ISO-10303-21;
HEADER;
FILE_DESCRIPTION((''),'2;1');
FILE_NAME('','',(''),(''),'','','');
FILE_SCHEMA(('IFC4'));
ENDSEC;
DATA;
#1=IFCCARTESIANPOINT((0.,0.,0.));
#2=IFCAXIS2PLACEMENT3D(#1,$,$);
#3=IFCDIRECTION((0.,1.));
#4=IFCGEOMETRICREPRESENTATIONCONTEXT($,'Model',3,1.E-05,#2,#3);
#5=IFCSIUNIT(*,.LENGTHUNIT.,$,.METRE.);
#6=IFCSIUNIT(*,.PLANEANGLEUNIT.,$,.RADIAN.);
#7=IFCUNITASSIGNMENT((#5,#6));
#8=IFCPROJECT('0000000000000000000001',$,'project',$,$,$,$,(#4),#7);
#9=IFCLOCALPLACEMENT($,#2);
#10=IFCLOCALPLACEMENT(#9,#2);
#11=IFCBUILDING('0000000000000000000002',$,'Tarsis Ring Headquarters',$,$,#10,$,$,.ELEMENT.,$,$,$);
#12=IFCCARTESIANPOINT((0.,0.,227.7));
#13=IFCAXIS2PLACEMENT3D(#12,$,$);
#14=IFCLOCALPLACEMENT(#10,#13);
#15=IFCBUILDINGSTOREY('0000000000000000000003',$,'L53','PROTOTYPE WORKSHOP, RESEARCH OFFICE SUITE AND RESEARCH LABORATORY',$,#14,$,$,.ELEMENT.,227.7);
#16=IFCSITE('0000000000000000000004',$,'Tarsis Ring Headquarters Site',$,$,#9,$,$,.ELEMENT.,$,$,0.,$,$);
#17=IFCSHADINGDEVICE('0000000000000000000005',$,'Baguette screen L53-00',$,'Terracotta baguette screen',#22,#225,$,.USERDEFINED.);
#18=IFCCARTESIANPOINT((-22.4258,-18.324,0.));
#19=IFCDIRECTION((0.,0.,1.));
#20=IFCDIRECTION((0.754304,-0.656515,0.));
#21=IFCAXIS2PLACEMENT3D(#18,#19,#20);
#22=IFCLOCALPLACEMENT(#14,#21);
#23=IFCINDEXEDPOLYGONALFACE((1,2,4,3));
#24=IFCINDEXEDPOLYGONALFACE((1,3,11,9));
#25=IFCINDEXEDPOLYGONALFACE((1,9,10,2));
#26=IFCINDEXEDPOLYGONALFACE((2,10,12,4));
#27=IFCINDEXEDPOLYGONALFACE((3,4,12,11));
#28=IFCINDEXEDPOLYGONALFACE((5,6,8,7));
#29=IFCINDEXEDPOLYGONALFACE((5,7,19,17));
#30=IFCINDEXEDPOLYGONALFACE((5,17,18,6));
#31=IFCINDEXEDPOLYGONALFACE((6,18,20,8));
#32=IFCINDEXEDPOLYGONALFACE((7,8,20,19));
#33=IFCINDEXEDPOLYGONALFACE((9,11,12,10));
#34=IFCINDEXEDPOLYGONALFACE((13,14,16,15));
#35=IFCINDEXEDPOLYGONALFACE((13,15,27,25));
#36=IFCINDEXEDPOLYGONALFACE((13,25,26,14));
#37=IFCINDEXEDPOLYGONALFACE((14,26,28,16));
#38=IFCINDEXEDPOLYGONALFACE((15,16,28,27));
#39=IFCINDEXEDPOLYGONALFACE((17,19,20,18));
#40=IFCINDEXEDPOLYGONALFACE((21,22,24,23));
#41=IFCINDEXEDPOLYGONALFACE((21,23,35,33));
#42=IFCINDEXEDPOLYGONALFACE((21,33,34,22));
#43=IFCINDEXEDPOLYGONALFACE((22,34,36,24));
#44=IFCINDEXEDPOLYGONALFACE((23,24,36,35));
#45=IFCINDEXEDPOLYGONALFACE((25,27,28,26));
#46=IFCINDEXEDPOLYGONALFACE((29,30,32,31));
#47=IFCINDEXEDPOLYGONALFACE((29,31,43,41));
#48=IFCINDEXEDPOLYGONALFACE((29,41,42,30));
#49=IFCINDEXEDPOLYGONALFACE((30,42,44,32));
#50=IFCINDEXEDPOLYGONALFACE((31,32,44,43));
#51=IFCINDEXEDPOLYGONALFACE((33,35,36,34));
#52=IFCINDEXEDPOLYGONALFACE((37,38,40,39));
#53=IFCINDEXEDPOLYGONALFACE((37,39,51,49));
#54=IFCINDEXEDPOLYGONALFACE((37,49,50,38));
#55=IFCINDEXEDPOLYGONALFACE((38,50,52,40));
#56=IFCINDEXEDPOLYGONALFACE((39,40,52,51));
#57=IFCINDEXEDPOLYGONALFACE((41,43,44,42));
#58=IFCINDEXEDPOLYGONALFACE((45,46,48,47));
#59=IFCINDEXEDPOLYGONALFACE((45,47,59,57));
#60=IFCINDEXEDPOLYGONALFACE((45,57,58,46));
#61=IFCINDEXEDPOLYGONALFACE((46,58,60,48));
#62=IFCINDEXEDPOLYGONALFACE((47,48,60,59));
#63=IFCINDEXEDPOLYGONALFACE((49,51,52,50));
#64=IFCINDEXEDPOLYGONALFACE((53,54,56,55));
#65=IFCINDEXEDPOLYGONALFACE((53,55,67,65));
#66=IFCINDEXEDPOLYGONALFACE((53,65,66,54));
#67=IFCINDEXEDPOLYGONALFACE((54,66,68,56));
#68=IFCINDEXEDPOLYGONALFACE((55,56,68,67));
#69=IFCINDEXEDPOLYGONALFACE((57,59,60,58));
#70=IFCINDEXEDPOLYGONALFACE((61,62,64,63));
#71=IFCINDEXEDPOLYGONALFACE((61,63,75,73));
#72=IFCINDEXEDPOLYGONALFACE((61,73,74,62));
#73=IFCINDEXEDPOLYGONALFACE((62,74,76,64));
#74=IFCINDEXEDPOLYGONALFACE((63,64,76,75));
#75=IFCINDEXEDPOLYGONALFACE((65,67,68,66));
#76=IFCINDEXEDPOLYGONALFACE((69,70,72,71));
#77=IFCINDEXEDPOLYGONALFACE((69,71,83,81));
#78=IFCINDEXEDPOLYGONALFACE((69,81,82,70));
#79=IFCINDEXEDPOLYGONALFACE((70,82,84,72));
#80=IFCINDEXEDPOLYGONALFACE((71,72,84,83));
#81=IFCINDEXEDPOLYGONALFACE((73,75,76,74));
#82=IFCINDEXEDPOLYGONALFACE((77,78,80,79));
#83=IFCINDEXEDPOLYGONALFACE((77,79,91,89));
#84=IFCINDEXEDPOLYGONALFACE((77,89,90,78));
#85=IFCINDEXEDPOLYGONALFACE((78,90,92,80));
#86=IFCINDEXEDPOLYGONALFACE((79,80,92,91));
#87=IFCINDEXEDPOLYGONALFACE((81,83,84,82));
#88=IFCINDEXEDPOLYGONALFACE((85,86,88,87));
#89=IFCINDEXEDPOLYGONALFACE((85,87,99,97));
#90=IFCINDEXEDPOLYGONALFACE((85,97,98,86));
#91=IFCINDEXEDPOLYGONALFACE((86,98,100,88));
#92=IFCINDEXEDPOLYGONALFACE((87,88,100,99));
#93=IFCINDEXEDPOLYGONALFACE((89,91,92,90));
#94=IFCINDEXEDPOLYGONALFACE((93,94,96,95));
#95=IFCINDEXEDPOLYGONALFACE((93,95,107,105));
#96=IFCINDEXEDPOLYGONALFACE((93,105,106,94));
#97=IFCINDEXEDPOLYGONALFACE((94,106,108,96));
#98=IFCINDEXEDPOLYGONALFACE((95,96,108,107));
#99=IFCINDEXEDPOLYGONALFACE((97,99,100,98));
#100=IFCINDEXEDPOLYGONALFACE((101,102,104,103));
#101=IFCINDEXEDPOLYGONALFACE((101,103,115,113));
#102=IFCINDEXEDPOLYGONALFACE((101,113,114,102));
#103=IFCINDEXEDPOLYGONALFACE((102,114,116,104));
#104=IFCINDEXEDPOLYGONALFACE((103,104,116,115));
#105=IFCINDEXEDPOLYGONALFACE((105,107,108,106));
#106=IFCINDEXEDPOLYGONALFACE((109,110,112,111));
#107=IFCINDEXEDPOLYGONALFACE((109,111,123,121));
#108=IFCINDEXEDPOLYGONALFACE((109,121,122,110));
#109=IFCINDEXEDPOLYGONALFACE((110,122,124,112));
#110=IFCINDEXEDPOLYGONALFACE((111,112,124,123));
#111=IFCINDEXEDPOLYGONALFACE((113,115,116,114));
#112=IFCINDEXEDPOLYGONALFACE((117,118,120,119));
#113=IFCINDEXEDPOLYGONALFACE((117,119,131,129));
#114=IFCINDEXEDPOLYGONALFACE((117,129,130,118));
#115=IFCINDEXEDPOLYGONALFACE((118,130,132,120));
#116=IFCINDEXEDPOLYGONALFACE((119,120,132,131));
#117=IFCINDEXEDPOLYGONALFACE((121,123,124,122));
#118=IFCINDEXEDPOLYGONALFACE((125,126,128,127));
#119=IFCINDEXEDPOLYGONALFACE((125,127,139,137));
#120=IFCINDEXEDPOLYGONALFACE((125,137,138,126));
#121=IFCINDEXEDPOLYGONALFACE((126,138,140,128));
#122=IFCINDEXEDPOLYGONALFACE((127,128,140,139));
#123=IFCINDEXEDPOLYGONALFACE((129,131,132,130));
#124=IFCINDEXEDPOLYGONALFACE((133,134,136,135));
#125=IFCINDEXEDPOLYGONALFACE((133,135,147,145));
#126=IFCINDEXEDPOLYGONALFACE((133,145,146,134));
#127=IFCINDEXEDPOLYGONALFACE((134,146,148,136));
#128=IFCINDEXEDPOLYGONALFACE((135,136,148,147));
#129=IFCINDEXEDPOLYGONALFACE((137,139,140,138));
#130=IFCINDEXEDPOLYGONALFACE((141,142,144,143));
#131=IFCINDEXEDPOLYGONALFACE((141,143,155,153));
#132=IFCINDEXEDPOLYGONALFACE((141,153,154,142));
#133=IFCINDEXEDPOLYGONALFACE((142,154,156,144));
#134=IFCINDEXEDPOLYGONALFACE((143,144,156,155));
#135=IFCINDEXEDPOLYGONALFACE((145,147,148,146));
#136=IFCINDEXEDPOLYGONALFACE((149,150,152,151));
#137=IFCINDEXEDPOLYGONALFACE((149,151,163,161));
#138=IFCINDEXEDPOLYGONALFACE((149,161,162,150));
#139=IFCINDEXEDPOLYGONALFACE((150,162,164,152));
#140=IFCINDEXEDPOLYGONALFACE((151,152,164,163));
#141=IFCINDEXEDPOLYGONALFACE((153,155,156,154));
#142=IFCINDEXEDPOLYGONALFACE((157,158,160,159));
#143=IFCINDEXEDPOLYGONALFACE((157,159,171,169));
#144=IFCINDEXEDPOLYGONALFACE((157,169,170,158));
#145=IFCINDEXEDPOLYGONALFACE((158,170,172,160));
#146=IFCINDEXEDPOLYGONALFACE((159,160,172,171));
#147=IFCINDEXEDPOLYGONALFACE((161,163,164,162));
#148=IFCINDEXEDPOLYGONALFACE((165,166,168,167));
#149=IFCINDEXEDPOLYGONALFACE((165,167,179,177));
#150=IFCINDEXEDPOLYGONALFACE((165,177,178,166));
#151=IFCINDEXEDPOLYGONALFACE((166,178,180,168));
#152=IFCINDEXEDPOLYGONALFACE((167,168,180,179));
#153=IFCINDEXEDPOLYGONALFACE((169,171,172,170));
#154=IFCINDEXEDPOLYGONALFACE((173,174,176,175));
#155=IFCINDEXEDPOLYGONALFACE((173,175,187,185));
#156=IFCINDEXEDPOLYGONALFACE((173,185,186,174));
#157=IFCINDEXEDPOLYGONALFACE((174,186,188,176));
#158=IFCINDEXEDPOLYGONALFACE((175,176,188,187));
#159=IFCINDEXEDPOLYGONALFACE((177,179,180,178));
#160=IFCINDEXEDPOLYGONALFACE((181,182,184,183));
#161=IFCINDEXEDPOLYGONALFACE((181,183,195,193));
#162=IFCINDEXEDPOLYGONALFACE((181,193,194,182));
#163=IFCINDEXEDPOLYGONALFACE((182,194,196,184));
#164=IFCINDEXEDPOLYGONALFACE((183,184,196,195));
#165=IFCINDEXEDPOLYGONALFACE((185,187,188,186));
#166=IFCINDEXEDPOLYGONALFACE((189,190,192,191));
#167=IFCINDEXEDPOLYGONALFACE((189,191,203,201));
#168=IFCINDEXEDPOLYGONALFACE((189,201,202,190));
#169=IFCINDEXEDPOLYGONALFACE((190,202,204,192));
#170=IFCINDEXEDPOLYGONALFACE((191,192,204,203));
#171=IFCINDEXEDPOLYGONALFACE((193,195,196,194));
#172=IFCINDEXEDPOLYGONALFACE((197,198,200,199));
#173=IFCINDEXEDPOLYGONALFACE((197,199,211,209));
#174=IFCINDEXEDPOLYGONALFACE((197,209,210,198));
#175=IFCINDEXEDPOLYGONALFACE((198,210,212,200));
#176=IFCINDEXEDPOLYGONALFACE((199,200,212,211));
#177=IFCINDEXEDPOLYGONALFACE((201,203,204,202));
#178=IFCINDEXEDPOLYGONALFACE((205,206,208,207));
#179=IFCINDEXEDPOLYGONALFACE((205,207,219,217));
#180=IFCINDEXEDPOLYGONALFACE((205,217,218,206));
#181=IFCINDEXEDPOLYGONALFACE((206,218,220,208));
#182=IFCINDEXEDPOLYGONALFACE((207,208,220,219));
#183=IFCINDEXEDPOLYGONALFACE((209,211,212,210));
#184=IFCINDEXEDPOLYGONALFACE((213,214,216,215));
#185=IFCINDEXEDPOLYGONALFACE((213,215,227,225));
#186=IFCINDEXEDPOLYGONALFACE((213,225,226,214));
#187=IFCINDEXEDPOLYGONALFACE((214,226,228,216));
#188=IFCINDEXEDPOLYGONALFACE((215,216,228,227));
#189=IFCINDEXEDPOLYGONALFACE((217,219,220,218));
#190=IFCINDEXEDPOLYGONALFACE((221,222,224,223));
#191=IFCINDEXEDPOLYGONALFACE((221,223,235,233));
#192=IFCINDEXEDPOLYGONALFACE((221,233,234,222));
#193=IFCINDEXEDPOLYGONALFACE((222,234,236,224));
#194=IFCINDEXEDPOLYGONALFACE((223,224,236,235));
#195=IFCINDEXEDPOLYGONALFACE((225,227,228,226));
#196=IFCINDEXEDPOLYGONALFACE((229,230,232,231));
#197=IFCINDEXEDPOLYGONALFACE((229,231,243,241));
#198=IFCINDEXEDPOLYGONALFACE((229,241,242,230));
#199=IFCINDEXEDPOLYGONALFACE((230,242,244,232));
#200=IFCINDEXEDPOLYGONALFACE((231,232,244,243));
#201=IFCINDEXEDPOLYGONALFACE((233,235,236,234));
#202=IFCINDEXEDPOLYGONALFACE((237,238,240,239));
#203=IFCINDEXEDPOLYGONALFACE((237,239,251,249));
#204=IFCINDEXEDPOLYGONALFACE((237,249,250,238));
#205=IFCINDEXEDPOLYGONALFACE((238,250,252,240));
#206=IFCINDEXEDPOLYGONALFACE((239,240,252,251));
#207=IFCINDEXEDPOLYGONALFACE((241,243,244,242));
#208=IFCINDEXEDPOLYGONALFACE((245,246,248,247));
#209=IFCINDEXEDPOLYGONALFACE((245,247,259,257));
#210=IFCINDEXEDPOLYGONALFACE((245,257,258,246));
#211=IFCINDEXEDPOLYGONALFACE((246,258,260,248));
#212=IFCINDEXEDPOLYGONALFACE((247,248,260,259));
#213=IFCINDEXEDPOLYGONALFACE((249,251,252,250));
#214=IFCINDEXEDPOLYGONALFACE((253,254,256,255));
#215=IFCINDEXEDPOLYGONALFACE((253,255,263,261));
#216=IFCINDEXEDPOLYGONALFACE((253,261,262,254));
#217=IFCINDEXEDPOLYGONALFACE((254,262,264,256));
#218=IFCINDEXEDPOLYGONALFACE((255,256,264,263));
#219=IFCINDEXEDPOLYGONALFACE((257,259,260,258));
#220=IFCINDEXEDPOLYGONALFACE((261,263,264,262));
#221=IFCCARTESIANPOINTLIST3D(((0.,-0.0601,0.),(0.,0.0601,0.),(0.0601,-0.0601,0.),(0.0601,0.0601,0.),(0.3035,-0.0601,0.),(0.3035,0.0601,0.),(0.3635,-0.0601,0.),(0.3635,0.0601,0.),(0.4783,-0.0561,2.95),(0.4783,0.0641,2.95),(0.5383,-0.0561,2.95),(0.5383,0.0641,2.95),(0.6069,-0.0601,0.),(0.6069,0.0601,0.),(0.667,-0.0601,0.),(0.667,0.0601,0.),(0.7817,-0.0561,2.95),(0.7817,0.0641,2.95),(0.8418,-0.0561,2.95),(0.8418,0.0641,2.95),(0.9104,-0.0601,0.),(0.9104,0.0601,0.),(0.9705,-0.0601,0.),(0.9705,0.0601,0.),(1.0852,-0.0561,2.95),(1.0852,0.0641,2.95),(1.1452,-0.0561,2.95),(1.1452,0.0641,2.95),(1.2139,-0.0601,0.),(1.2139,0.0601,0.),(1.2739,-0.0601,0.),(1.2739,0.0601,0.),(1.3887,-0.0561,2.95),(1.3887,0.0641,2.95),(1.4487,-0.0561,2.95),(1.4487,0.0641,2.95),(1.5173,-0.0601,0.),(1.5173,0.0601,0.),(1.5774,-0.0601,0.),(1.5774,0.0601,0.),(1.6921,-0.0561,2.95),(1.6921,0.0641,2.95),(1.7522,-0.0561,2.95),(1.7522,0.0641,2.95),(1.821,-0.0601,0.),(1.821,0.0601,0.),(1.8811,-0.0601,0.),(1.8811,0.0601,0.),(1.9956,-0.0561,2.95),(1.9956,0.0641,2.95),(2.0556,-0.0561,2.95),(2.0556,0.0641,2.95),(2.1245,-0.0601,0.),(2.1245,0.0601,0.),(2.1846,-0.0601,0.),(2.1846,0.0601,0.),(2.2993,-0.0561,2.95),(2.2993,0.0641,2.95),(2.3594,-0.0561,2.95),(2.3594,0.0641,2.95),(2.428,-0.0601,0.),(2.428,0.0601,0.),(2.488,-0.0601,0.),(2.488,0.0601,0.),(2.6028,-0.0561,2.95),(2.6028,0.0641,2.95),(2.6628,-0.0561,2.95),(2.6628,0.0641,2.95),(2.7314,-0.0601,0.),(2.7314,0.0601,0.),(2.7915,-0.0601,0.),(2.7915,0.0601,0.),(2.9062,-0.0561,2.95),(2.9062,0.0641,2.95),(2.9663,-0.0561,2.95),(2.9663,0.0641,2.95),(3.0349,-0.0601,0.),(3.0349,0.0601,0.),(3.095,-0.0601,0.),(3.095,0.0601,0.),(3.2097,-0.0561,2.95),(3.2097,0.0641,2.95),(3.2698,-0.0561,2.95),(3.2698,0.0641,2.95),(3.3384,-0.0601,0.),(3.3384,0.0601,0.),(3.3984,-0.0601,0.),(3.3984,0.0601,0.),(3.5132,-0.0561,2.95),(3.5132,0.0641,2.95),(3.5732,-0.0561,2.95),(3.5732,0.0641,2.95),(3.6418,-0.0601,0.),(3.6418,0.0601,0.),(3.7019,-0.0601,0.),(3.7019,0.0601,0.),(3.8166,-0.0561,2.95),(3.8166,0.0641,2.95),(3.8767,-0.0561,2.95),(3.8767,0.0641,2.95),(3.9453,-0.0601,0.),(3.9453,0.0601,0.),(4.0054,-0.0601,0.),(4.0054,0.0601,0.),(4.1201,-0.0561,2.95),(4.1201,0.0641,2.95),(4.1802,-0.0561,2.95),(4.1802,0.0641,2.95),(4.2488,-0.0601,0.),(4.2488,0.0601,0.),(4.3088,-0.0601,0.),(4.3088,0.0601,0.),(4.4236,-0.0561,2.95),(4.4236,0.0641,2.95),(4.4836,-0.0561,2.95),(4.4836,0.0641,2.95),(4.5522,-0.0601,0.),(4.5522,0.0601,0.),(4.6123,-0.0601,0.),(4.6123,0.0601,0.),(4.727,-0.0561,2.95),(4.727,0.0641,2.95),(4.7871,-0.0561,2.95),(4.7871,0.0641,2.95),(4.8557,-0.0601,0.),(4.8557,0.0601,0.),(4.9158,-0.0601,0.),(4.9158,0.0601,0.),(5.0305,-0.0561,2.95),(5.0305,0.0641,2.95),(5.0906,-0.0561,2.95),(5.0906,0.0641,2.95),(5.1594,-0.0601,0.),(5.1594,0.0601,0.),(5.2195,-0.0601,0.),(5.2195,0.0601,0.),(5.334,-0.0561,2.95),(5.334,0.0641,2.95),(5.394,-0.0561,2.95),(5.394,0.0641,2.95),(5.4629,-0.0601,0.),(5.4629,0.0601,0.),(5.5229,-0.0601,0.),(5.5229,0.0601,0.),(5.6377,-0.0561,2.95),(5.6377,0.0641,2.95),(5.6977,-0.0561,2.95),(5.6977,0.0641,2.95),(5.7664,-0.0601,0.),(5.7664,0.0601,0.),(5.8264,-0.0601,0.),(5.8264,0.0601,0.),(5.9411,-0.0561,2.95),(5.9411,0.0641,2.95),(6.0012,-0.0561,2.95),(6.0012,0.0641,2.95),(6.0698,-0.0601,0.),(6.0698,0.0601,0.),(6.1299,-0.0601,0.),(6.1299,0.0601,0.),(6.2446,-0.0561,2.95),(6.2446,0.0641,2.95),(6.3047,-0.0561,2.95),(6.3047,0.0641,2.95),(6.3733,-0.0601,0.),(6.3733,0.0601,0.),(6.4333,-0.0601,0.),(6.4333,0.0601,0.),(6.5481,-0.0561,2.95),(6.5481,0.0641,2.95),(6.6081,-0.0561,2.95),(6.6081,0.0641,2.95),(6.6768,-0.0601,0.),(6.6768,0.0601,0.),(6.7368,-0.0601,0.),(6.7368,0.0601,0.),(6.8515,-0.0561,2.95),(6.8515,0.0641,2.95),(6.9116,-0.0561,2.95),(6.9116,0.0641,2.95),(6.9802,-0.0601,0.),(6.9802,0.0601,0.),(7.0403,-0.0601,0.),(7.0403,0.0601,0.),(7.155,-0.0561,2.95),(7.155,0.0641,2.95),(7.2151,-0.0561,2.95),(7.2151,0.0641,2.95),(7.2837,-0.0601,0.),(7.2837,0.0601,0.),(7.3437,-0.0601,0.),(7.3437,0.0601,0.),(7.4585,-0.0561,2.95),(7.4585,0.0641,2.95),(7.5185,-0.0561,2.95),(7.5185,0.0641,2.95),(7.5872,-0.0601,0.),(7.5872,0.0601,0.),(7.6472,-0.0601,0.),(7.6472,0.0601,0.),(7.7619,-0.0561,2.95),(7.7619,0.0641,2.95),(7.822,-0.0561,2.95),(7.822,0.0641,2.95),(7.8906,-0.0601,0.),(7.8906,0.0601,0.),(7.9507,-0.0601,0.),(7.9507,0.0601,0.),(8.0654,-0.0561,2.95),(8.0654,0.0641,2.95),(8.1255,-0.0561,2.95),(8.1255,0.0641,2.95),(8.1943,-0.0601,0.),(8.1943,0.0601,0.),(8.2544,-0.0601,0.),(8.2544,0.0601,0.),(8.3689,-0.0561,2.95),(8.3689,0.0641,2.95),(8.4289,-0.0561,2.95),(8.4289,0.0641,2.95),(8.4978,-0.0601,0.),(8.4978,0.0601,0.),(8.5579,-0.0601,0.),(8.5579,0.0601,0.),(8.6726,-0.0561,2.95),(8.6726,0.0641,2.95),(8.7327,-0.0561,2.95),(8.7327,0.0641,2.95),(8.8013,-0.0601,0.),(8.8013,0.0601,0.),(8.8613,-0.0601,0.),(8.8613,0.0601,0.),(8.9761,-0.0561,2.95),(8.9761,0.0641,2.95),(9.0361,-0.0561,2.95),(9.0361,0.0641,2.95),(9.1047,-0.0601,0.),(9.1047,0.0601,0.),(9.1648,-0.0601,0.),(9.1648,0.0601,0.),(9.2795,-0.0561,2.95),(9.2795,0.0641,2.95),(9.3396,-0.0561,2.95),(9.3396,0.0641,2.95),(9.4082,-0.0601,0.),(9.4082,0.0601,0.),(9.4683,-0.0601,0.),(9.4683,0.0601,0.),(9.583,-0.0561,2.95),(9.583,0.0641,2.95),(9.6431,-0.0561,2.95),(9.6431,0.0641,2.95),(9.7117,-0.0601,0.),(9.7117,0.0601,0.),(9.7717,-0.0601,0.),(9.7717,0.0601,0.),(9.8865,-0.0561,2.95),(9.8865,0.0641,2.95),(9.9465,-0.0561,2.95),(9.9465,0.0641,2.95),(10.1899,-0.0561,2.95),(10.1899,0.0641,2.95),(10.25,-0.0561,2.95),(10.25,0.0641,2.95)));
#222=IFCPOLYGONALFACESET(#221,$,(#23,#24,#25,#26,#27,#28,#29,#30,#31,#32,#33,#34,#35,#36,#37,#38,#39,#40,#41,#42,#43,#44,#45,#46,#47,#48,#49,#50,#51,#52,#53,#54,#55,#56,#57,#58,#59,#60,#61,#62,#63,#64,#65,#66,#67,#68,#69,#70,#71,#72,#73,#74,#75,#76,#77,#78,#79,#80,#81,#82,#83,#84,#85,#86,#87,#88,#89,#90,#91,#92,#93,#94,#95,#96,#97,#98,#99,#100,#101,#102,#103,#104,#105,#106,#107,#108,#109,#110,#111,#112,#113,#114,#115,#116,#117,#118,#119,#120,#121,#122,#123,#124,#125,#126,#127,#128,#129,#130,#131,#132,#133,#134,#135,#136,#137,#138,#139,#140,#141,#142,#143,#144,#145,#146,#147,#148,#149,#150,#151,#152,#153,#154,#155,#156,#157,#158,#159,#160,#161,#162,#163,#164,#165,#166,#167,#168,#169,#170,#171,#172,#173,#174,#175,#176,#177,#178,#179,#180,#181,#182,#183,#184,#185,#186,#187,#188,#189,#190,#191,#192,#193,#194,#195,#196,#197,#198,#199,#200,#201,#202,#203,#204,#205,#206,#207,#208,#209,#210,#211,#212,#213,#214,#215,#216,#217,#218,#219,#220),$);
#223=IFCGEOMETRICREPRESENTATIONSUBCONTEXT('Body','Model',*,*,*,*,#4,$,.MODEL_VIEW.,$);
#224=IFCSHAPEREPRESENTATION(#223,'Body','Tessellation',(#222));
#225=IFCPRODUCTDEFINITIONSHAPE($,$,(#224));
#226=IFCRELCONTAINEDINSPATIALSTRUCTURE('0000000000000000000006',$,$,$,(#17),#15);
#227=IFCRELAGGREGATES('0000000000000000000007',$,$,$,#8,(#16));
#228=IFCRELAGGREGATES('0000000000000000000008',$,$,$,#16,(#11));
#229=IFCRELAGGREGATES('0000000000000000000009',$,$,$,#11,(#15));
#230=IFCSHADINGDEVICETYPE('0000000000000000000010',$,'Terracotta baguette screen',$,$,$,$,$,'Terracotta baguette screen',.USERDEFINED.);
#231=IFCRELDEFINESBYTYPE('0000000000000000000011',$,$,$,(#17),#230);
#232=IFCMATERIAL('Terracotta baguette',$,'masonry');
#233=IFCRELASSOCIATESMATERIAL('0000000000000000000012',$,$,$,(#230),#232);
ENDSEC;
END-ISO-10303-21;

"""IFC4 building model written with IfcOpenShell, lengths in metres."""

from ifc_helpers import new_model, si_unit, direction, frame, frame_2d, origin, place, context, subcontext, project, spatial, rectangle, composite_profile, extrude, material, type_object, element, save


model = new_model("IFC4")

# Units and contexts
model_context = context("Model", 3, precision=1e-05, world=origin(), true_north=direction((0.0, 1.0)))
body_context = subcontext(model_context, "Body", "Model", "MODEL_VIEW")
ifc_project = project(units=[si_unit("LENGTHUNIT", "METRE"), si_unit("PLANEANGLEUNIT", "RADIAN")], contexts=[model_context])

# Site, building, storey
site_placement = place(None, origin())
site = spatial("IfcSite", under=ifc_project, at=site_placement, Name="Tarsis Ring Headquarters Site", CompositionType="ELEMENT", RefElevation=0.0)
building_placement = place(site_placement, origin())
building = spatial("IfcBuilding", under=site, at=building_placement, Name="Tarsis Ring Headquarters", CompositionType="ELEMENT")
storey_placement = place(building_placement, frame((0.0, 0.0, 227.7)))
storey = spatial("IfcBuildingStorey", under=building, at=storey_placement, Name="L53", Description="PROTOTYPE WORKSHOP, RESEARCH OFFICE SUITE AND RESEARCH LABORATORY", CompositionType="ELEMENT", Elevation=227.7)

# Shading device
ifc_material_1 = material(Name="Terracotta baguette", Category="masonry")
shading_device_type = type_object("IfcShadingDeviceType", Name="Terracotta baguette screen", ElementType="Terracotta baguette screen", PredefinedType="USERDEFINED", material=ifc_material_1)
shading_device_placement = place(storey_placement, frame((-22.4258, -18.324, 0.0), z_axis=(0.0, 0.0, 1.0), x_axis=(0.754304, -0.656515, 0.0)))
element("IfcShadingDevice", 1, at=shading_device_placement, inside=storey, type_object=shading_device_type, Name="Baguette screen L53-00", ObjectType="Terracotta baguette screen", PredefinedType="USERDEFINED", context=body_context, shape_type="SweptSolid", body=[
    extrude(composite_profile([rectangle(XDim=0.0601, YDim=0.1201, at=frame_2d((0.03, 0.0))), rectangle(XDim=0.0601, YDim=0.1201, at=frame_2d((0.3335, 0.0))), rectangle(XDim=0.0601, YDim=0.1201, at=frame_2d((0.637, 0.0))), rectangle(XDim=0.0601, YDim=0.1201, at=frame_2d((0.9404, 0.0))), rectangle(XDim=0.0601, YDim=0.1201, at=frame_2d((1.2439, 0.0))), rectangle(XDim=0.0601, YDim=0.1201, at=frame_2d((1.5474, 0.0))), rectangle(XDim=0.0601, YDim=0.1201, at=frame_2d((1.8511, 0.0))), rectangle(XDim=0.0601, YDim=0.1201, at=frame_2d((2.1545, 0.0))), rectangle(XDim=0.0601, YDim=0.1201, at=frame_2d((2.458, 0.0))), rectangle(XDim=0.0601, YDim=0.1201, at=frame_2d((2.7615, 0.0))), rectangle(XDim=0.0601, YDim=0.1201, at=frame_2d((3.0649, 0.0))), rectangle(XDim=0.0601, YDim=0.1201, at=frame_2d((3.3684, 0.0))), rectangle(XDim=0.0601, YDim=0.1201, at=frame_2d((3.6719, 0.0))), rectangle(XDim=0.0601, YDim=0.1201, at=frame_2d((3.9753, 0.0))), rectangle(XDim=0.0601, YDim=0.1201, at=frame_2d((4.2788, 0.0))), rectangle(XDim=0.0601, YDim=0.1201, at=frame_2d((4.5823, 0.0))), rectangle(XDim=0.0601, YDim=0.1201, at=frame_2d((4.8857, 0.0))), rectangle(XDim=0.0601, YDim=0.1201, at=frame_2d((5.1895, 0.0))), rectangle(XDim=0.0601, YDim=0.1201, at=frame_2d((5.4929, 0.0))), rectangle(XDim=0.0601, YDim=0.1201, at=frame_2d((5.7964, 0.0))), rectangle(XDim=0.0601, YDim=0.1201, at=frame_2d((6.0999, 0.0))), rectangle(XDim=0.0601, YDim=0.1201, at=frame_2d((6.4033, 0.0))), rectangle(XDim=0.0601, YDim=0.1201, at=frame_2d((6.7068, 0.0))), rectangle(XDim=0.0601, YDim=0.1201, at=frame_2d((7.0103, 0.0))), rectangle(XDim=0.0601, YDim=0.1201, at=frame_2d((7.3137, 0.0))), rectangle(XDim=0.0601, YDim=0.1201, at=frame_2d((7.6172, 0.0))), rectangle(XDim=0.0601, YDim=0.1201, at=frame_2d((7.9207, 0.0))), rectangle(XDim=0.0601, YDim=0.1201, at=frame_2d((8.2244, 0.0))), rectangle(XDim=0.0601, YDim=0.1201, at=frame_2d((8.5278, 0.0))), rectangle(XDim=0.0601, YDim=0.1201, at=frame_2d((8.8313, 0.0))), rectangle(XDim=0.0601, YDim=0.1201, at=frame_2d((9.1348, 0.0))), rectangle(XDim=0.0601, YDim=0.1201, at=frame_2d((9.4382, 0.0))), rectangle(XDim=0.0601, YDim=0.1201, at=frame_2d((9.7417, 0.0)))]), origin(), (0.160031, 0.001341, 0.987111), 2.9885),
])

save(model, "model.ifc")
